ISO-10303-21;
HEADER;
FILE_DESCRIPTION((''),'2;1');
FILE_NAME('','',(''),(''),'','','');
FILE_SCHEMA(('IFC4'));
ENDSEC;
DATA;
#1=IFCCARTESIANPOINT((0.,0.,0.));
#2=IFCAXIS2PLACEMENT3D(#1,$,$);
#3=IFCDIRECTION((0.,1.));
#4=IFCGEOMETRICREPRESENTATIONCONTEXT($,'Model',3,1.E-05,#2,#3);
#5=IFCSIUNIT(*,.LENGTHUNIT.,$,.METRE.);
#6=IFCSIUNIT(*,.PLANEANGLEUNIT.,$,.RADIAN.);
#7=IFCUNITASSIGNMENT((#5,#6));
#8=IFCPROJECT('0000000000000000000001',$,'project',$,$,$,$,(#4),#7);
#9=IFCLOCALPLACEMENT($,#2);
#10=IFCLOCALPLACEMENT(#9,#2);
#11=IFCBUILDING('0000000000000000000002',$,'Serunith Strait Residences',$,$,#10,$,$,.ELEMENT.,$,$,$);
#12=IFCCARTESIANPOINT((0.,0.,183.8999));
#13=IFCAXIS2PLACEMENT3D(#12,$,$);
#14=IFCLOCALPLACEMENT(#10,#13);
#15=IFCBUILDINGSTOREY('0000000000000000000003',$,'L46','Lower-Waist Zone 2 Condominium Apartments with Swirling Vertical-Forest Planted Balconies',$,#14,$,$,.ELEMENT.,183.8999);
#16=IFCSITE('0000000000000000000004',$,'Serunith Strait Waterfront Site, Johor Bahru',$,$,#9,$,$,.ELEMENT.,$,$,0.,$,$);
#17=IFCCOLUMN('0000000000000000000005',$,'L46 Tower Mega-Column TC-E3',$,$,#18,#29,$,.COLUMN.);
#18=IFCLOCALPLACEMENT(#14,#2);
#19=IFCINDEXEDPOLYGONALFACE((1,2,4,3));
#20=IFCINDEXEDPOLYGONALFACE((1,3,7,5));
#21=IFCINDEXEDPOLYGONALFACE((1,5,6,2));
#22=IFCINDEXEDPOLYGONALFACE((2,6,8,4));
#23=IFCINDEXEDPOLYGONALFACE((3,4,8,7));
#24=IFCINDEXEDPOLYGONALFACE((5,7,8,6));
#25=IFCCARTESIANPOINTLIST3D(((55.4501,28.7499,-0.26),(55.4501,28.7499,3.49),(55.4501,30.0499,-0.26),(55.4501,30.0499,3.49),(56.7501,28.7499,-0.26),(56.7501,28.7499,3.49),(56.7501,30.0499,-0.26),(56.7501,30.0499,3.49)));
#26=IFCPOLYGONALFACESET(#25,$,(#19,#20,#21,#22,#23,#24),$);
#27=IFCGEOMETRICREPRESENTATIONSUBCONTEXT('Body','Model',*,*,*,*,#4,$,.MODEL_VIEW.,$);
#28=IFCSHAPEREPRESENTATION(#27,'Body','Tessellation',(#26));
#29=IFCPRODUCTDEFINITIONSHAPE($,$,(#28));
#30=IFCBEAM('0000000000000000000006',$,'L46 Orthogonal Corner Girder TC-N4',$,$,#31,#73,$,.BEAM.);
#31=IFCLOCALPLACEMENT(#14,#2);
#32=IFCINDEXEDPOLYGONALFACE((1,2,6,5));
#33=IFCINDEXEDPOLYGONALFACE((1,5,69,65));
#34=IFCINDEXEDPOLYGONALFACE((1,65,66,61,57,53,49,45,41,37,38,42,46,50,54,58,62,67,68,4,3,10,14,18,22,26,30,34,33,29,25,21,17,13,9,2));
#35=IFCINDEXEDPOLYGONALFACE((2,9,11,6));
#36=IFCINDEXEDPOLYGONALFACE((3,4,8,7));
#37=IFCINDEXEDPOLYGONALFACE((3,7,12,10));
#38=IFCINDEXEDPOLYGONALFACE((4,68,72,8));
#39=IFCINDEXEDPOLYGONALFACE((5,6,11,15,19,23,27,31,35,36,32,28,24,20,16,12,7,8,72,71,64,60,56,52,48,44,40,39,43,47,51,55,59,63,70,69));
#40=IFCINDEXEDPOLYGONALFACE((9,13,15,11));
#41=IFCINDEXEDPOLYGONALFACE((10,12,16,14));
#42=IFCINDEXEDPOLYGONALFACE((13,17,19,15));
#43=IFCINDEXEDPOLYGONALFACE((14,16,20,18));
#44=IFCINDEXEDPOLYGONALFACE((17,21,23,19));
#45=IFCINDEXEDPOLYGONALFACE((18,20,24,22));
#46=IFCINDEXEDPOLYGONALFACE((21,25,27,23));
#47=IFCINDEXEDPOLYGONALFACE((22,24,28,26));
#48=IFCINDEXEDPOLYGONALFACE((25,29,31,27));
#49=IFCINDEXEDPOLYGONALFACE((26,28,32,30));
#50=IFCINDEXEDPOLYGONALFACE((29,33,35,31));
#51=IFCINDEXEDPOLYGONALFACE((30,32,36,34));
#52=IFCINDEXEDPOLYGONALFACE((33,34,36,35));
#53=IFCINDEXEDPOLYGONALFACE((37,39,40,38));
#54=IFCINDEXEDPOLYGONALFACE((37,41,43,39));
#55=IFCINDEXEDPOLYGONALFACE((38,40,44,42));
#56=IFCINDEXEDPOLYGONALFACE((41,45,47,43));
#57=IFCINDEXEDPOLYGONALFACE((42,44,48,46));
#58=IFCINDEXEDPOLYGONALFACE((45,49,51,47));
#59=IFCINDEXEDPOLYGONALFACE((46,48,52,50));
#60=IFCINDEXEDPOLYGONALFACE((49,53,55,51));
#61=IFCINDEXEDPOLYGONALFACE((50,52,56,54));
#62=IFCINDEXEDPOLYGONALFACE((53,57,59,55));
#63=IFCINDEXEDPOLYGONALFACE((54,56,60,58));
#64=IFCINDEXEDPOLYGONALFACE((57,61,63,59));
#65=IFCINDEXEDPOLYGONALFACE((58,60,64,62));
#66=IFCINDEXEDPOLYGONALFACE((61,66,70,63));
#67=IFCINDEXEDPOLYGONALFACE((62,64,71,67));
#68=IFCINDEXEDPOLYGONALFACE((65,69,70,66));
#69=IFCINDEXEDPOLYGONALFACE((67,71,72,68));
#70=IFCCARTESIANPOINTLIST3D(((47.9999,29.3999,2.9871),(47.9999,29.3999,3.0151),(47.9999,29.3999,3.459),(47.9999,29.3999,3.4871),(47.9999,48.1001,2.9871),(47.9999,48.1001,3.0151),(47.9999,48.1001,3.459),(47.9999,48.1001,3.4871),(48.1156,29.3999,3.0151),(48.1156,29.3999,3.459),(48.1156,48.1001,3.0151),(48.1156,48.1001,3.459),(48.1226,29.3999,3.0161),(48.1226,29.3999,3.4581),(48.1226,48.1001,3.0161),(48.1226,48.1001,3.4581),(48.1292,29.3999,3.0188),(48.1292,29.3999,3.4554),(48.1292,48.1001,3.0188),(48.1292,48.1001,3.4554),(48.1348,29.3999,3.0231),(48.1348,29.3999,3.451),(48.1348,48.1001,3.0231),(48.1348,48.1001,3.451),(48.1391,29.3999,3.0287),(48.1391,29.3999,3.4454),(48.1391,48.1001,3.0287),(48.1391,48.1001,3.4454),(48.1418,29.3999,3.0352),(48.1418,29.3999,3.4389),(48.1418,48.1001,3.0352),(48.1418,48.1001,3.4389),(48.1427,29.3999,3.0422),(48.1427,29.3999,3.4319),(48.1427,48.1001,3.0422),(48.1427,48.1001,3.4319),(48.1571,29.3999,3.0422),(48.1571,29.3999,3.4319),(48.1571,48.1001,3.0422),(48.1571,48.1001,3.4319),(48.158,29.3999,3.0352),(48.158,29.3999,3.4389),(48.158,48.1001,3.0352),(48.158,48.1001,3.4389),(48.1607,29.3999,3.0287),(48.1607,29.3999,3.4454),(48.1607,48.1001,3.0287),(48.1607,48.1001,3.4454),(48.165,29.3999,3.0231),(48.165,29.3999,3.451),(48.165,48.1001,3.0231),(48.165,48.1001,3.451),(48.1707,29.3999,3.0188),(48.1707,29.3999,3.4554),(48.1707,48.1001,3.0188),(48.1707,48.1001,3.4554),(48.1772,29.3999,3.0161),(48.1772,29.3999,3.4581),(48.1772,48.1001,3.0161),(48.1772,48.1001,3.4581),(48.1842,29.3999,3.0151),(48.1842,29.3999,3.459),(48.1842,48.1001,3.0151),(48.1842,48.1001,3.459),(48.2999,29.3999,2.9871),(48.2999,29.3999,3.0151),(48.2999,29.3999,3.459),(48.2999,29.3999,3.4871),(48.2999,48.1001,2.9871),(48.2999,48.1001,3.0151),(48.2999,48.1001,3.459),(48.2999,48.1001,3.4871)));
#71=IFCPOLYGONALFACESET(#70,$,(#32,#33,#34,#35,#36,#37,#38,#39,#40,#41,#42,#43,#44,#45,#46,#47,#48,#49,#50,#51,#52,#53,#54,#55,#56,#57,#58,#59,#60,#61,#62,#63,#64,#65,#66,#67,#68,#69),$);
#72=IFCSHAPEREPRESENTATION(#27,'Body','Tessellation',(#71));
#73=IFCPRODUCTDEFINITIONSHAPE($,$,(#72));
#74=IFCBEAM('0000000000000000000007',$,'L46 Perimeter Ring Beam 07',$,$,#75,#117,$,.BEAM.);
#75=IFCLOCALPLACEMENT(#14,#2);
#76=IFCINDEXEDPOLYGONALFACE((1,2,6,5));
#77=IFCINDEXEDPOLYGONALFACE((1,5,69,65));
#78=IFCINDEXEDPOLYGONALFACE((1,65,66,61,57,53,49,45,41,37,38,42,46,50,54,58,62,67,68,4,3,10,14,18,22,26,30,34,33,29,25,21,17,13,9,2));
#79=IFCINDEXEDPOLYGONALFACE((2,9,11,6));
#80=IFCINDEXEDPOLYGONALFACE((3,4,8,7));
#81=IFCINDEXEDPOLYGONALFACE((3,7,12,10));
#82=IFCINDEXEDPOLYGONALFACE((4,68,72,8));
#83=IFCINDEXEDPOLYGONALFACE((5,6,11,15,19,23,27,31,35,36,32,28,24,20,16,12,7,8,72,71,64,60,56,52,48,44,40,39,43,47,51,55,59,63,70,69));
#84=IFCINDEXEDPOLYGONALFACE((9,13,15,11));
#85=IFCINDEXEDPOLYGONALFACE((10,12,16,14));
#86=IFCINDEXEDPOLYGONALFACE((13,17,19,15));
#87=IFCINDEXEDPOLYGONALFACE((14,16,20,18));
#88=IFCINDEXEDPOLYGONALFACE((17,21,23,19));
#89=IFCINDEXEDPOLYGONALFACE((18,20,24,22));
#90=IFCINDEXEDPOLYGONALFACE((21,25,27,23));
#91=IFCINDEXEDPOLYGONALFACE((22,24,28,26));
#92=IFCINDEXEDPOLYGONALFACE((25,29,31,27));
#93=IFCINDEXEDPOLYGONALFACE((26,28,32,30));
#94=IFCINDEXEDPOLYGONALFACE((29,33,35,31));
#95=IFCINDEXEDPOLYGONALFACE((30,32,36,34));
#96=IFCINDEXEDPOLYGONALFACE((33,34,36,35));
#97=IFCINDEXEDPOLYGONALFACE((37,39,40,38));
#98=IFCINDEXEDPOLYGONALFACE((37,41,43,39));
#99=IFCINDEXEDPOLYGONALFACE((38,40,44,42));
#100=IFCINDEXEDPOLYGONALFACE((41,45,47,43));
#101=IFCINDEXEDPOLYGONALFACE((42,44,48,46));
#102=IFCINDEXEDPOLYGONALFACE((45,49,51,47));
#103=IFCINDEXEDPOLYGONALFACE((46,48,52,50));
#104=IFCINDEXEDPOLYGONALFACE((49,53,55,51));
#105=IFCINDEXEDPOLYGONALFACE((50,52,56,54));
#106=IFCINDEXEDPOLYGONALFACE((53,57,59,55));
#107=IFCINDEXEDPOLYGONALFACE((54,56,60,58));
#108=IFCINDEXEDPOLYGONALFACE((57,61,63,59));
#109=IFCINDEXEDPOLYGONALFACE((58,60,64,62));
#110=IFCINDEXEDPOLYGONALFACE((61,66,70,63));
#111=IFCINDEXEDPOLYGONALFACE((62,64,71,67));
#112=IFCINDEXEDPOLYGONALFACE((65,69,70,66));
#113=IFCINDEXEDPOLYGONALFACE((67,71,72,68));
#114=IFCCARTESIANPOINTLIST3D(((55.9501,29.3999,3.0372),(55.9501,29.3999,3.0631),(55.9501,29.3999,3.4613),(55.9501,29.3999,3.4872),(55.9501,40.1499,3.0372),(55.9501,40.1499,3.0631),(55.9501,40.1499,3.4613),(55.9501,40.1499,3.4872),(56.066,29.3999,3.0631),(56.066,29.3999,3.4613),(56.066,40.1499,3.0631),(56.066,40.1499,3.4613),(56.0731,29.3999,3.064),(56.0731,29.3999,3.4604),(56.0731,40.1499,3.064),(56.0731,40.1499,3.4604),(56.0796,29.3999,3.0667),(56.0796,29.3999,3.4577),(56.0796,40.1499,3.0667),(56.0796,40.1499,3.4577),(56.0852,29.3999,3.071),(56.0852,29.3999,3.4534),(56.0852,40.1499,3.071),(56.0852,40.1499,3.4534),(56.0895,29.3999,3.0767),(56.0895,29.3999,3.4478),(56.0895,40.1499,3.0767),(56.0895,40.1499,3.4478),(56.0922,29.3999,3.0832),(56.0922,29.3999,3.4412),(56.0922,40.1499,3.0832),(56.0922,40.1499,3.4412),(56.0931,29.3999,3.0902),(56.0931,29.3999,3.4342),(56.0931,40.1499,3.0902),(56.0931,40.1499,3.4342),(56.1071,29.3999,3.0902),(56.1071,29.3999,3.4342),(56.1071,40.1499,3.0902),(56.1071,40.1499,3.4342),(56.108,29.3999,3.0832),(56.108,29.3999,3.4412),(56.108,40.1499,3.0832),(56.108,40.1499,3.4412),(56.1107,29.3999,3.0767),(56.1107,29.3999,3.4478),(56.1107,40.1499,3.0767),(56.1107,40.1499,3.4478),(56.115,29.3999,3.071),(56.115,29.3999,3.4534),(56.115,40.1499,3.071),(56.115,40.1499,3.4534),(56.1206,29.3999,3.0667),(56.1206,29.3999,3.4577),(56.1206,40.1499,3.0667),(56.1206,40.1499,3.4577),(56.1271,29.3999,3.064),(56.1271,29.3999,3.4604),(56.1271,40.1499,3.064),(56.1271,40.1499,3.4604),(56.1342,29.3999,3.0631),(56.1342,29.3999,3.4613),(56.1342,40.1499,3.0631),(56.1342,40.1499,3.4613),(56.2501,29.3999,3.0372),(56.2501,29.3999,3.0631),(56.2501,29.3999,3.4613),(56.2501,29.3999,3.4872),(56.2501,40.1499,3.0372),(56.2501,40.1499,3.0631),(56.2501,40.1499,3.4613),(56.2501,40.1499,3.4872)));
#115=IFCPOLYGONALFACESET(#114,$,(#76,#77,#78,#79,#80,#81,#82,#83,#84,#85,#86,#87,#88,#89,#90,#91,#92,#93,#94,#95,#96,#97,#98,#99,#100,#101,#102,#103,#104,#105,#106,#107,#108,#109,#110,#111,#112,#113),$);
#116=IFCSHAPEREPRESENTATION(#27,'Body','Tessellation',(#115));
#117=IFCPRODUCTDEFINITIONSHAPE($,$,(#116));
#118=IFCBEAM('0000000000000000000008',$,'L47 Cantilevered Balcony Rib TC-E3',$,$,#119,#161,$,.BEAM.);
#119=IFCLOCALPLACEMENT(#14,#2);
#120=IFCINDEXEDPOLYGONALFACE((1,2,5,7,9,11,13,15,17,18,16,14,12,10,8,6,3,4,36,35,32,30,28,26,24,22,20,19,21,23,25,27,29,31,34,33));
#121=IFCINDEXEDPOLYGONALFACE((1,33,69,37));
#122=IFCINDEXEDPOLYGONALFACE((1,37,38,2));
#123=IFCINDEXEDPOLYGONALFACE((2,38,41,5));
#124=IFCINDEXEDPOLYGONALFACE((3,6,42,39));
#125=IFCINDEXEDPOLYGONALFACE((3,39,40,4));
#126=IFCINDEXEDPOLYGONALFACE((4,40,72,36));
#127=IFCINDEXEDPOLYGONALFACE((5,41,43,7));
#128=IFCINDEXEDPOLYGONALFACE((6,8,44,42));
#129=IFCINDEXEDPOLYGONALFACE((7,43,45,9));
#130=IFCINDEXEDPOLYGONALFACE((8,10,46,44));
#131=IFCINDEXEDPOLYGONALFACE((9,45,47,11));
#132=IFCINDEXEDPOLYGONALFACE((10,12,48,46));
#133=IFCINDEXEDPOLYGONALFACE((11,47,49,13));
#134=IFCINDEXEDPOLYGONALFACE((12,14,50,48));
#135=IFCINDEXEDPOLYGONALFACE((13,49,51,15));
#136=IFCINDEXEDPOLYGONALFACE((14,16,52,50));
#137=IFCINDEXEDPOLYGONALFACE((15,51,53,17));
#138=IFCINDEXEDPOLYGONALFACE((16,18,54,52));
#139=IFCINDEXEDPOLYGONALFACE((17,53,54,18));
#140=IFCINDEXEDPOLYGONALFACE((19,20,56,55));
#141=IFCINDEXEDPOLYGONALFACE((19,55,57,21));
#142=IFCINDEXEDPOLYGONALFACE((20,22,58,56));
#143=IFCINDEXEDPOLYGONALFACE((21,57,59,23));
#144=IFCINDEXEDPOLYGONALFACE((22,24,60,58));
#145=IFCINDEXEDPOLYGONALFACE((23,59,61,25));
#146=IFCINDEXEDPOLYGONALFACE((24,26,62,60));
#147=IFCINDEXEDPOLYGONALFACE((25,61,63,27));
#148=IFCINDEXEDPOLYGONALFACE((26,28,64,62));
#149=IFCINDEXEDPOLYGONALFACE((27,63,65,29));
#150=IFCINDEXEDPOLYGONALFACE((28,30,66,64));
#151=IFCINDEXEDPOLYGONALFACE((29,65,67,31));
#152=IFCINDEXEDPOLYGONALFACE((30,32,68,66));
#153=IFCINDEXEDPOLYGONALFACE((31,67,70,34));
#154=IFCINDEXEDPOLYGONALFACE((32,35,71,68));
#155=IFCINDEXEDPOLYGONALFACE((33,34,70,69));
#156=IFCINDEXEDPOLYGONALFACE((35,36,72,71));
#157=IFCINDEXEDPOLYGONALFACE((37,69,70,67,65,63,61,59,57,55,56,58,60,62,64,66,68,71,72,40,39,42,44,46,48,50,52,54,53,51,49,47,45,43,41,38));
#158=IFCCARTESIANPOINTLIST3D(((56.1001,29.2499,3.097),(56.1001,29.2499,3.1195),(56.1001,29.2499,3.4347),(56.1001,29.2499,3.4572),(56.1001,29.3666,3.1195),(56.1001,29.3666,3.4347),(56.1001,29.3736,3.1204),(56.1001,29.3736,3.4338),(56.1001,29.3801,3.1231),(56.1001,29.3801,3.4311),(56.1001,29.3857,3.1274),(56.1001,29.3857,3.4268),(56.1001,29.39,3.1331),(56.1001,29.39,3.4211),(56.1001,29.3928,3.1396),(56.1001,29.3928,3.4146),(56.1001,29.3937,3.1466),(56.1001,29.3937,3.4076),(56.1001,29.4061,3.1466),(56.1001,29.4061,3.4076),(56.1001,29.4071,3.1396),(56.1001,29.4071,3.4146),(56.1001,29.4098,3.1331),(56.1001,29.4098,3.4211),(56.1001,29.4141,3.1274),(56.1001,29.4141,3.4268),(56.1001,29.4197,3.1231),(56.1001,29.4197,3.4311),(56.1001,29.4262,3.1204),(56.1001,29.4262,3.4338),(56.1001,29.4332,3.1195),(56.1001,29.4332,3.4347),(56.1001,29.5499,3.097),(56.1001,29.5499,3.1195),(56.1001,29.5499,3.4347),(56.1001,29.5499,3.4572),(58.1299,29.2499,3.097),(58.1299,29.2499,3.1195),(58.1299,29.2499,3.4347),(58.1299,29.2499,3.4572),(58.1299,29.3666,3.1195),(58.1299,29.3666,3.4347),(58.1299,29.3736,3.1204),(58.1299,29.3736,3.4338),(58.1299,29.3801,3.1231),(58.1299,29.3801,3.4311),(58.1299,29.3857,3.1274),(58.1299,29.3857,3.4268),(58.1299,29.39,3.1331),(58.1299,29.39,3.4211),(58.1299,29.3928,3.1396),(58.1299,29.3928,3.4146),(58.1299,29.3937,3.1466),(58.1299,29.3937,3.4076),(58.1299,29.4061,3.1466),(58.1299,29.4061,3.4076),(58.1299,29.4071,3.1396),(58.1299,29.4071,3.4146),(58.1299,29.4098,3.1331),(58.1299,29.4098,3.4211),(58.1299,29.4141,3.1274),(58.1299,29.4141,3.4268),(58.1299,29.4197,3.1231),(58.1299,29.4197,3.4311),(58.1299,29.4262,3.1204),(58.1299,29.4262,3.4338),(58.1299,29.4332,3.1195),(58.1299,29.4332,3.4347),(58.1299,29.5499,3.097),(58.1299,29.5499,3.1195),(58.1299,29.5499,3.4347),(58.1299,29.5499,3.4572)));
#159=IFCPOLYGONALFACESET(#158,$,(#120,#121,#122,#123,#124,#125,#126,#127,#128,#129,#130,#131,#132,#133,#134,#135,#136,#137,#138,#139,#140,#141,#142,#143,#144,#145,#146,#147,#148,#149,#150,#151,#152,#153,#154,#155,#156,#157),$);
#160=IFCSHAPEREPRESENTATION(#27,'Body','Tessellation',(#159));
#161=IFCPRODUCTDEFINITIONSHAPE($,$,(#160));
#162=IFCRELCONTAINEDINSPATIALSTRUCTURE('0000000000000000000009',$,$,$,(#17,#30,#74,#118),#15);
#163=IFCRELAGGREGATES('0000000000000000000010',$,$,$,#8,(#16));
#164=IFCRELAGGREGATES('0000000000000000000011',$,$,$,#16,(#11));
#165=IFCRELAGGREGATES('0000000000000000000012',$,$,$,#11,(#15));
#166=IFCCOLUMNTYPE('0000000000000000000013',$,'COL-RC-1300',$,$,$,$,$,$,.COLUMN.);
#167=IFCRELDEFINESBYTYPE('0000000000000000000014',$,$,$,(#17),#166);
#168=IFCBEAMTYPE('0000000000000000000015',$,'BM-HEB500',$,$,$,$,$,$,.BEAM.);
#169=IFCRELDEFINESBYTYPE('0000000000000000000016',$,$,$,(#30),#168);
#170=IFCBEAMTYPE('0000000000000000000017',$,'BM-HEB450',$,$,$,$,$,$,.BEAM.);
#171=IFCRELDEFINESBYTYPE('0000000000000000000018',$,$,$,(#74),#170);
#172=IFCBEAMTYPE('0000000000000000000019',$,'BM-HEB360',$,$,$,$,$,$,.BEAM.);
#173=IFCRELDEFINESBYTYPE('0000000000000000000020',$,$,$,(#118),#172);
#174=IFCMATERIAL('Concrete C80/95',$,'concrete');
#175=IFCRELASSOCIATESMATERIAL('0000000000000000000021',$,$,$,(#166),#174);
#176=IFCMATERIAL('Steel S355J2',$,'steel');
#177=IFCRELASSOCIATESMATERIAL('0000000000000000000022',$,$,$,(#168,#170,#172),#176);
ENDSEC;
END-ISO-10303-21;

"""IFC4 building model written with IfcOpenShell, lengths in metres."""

from ifc_helpers import new_model, si_unit, direction, frame, origin, origin_2d, place, context, subcontext, project, spatial, rectangle, i_section, extrude, source, transform, mapped, material, material_profile, profile_set, type_object, element, save


model = new_model("IFC4")

# Units and contexts
model_context = context("Model", 3, precision=1e-05, world=origin(), true_north=direction((0.0, 1.0)))
body_context = subcontext(model_context, "Body", "Model", "MODEL_VIEW")
ifc_project = project(units=[si_unit("LENGTHUNIT", "METRE"), si_unit("PLANEANGLEUNIT", "RADIAN")], contexts=[model_context])

# Site, building, storey
site_placement = place(None, origin())
site = spatial("IfcSite", under=ifc_project, at=site_placement, Name="Serunith Strait Waterfront Site, Johor Bahru", CompositionType="ELEMENT", RefElevation=0.0)
building_placement = place(site_placement, origin())
building = spatial("IfcBuilding", under=site, at=building_placement, Name="Serunith Strait Residences", CompositionType="ELEMENT")
storey_placement = place(building_placement, frame((0.0, 0.0, 183.8999)))
storey = spatial("IfcBuildingStorey", under=building, at=storey_placement, Name="L46", Description="Lower-Waist Zone 2 Condominium Apartments with Swirling Vertical-Forest Planted Balconies", CompositionType="ELEMENT", Elevation=183.8999)

# Column
ifc_material_1 = material(Name="Concrete C80/95", Category="concrete")
ifc_material_profile_1 = material_profile(ifc_material_1, rectangle(XDim=1.3, YDim=1.3, at=origin_2d()), Name="RC 1300x1300")
ifc_profile_set_1 = profile_set([ifc_material_profile_1], Name="Concrete C80/95")
column_type = type_object("IfcColumnType", Name="COL-RC-1300", PredefinedType="COLUMN", material=ifc_profile_set_1)
shared_shape_1 = source(origin(), body_context, "Body", "SweptSolid", [
    extrude(rectangle(XDim=1.3, YDim=1.3, at=origin_2d()), origin(), (0.0, 0.0, 1.0), 3.75),
])
column_placement = place(storey_placement, frame((56.1001, 29.3999, -0.26), z_axis=(0.0, 0.0, 1.0), x_axis=(1.0, 0.0, 0.0)))
element("IfcColumn", 1, at=column_placement, inside=storey, type_object=column_type, Name="L46 Tower Mega-Column TC-E3", PredefinedType="COLUMN", context=body_context, shape_type="MappedRepresentation", body=[
    mapped(shared_shape_1, transform((0.0, 0.0, 0.0), scale=1.0)),
])

# Beams
ifc_material_2 = material(Name="Steel S355J2", Category="steel")
ifc_material_profile_2 = material_profile(ifc_material_2, i_section(OverallWidth=0.3, OverallDepth=0.5, WebThickness=0.0144, FlangeThickness=0.0281, FilletRadius=0.0271, at=origin_2d()), Name="HEB 500")
ifc_profile_set_2 = profile_set([ifc_material_profile_2], Name="Steel S355J2")
beam_type_1 = type_object("IfcBeamType", Name="BM-HEB500", PredefinedType="BEAM", material=ifc_profile_set_2)
shared_shape_2 = source(origin(), body_context, "Body", "SweptSolid", [
    extrude(i_section(OverallWidth=0.3, OverallDepth=0.5, WebThickness=0.0144, FlangeThickness=0.0281, FilletRadius=0.0271, at=origin_2d()), origin(), (0.0, 0.0, 1.0), 18.7002),
])
beam_1_placement = place(storey_placement, frame((48.1499, 29.3999, 3.2371), z_axis=(0.0, 1.0, 0.0), x_axis=(-1.0, 0.0, 0.0)))
element("IfcBeam", 2, at=beam_1_placement, inside=storey, type_object=beam_type_1, Name="L46 Orthogonal Corner Girder TC-N4", PredefinedType="BEAM", context=body_context, shape_type="MappedRepresentation", body=[
    mapped(shared_shape_2, transform((0.0, 0.0, 0.0), scale=1.0)),
])
ifc_material_profile_3 = material_profile(ifc_material_2, i_section(OverallWidth=0.3, OverallDepth=0.45, WebThickness=0.0139, FlangeThickness=0.0259, FilletRadius=0.0271, at=origin_2d()), Name="HEB 450")
ifc_profile_set_3 = profile_set([ifc_material_profile_3], Name="Steel S355J2")
beam_type_2 = type_object("IfcBeamType", Name="BM-HEB450", PredefinedType="BEAM", material=ifc_profile_set_3)
shared_shape_3 = source(origin(), body_context, "Body", "SweptSolid", [
    extrude(i_section(OverallWidth=0.3, OverallDepth=0.45, WebThickness=0.0139, FlangeThickness=0.0259, FilletRadius=0.0271, at=origin_2d()), origin(), (0.0, 0.0, 1.0), 10.75),
])
beam_2_placement = place(storey_placement, frame((56.1001, 29.3999, 3.2622), z_axis=(0.0, 1.0, 0.0), x_axis=(-1.0, 0.0, 0.0)))
element("IfcBeam", 3, at=beam_2_placement, inside=storey, type_object=beam_type_2, Name="L46 Perimeter Ring Beam 07", PredefinedType="BEAM", context=body_context, shape_type="MappedRepresentation", body=[
    mapped(shared_shape_3, transform((0.0, 0.0, 0.0), scale=1.0)),
])
ifc_material_profile_4 = material_profile(ifc_material_2, i_section(OverallWidth=0.3, OverallDepth=0.3601, WebThickness=0.0125, FlangeThickness=0.0225, FilletRadius=0.0271, at=origin_2d()), Name="HEB 360")
ifc_profile_set_4 = profile_set([ifc_material_profile_4], Name="Steel S355J2")
beam_type_3 = type_object("IfcBeamType", Name="BM-HEB360", PredefinedType="BEAM", material=ifc_profile_set_4)
shared_shape_4 = source(origin(), body_context, "Body", "SweptSolid", [
    extrude(i_section(OverallWidth=0.3, OverallDepth=0.3601, WebThickness=0.0125, FlangeThickness=0.0225, FilletRadius=0.0271, at=origin_2d()), origin(), (0.0, 0.0, 1.0), 2.0298),
])
beam_3_placement = place(storey_placement, frame((56.1001, 29.3999, 3.2771), z_axis=(1.0, 0.0, 0.0), x_axis=(0.0, 1.0, 0.0)))
element("IfcBeam", 4, at=beam_3_placement, inside=storey, type_object=beam_type_3, Name="L47 Cantilevered Balcony Rib TC-E3", PredefinedType="BEAM", context=body_context, shape_type="MappedRepresentation", body=[
    mapped(shared_shape_4, transform((0.0, 0.0, 0.0), scale=1.0)),
])

save(model, "model.ifc")
